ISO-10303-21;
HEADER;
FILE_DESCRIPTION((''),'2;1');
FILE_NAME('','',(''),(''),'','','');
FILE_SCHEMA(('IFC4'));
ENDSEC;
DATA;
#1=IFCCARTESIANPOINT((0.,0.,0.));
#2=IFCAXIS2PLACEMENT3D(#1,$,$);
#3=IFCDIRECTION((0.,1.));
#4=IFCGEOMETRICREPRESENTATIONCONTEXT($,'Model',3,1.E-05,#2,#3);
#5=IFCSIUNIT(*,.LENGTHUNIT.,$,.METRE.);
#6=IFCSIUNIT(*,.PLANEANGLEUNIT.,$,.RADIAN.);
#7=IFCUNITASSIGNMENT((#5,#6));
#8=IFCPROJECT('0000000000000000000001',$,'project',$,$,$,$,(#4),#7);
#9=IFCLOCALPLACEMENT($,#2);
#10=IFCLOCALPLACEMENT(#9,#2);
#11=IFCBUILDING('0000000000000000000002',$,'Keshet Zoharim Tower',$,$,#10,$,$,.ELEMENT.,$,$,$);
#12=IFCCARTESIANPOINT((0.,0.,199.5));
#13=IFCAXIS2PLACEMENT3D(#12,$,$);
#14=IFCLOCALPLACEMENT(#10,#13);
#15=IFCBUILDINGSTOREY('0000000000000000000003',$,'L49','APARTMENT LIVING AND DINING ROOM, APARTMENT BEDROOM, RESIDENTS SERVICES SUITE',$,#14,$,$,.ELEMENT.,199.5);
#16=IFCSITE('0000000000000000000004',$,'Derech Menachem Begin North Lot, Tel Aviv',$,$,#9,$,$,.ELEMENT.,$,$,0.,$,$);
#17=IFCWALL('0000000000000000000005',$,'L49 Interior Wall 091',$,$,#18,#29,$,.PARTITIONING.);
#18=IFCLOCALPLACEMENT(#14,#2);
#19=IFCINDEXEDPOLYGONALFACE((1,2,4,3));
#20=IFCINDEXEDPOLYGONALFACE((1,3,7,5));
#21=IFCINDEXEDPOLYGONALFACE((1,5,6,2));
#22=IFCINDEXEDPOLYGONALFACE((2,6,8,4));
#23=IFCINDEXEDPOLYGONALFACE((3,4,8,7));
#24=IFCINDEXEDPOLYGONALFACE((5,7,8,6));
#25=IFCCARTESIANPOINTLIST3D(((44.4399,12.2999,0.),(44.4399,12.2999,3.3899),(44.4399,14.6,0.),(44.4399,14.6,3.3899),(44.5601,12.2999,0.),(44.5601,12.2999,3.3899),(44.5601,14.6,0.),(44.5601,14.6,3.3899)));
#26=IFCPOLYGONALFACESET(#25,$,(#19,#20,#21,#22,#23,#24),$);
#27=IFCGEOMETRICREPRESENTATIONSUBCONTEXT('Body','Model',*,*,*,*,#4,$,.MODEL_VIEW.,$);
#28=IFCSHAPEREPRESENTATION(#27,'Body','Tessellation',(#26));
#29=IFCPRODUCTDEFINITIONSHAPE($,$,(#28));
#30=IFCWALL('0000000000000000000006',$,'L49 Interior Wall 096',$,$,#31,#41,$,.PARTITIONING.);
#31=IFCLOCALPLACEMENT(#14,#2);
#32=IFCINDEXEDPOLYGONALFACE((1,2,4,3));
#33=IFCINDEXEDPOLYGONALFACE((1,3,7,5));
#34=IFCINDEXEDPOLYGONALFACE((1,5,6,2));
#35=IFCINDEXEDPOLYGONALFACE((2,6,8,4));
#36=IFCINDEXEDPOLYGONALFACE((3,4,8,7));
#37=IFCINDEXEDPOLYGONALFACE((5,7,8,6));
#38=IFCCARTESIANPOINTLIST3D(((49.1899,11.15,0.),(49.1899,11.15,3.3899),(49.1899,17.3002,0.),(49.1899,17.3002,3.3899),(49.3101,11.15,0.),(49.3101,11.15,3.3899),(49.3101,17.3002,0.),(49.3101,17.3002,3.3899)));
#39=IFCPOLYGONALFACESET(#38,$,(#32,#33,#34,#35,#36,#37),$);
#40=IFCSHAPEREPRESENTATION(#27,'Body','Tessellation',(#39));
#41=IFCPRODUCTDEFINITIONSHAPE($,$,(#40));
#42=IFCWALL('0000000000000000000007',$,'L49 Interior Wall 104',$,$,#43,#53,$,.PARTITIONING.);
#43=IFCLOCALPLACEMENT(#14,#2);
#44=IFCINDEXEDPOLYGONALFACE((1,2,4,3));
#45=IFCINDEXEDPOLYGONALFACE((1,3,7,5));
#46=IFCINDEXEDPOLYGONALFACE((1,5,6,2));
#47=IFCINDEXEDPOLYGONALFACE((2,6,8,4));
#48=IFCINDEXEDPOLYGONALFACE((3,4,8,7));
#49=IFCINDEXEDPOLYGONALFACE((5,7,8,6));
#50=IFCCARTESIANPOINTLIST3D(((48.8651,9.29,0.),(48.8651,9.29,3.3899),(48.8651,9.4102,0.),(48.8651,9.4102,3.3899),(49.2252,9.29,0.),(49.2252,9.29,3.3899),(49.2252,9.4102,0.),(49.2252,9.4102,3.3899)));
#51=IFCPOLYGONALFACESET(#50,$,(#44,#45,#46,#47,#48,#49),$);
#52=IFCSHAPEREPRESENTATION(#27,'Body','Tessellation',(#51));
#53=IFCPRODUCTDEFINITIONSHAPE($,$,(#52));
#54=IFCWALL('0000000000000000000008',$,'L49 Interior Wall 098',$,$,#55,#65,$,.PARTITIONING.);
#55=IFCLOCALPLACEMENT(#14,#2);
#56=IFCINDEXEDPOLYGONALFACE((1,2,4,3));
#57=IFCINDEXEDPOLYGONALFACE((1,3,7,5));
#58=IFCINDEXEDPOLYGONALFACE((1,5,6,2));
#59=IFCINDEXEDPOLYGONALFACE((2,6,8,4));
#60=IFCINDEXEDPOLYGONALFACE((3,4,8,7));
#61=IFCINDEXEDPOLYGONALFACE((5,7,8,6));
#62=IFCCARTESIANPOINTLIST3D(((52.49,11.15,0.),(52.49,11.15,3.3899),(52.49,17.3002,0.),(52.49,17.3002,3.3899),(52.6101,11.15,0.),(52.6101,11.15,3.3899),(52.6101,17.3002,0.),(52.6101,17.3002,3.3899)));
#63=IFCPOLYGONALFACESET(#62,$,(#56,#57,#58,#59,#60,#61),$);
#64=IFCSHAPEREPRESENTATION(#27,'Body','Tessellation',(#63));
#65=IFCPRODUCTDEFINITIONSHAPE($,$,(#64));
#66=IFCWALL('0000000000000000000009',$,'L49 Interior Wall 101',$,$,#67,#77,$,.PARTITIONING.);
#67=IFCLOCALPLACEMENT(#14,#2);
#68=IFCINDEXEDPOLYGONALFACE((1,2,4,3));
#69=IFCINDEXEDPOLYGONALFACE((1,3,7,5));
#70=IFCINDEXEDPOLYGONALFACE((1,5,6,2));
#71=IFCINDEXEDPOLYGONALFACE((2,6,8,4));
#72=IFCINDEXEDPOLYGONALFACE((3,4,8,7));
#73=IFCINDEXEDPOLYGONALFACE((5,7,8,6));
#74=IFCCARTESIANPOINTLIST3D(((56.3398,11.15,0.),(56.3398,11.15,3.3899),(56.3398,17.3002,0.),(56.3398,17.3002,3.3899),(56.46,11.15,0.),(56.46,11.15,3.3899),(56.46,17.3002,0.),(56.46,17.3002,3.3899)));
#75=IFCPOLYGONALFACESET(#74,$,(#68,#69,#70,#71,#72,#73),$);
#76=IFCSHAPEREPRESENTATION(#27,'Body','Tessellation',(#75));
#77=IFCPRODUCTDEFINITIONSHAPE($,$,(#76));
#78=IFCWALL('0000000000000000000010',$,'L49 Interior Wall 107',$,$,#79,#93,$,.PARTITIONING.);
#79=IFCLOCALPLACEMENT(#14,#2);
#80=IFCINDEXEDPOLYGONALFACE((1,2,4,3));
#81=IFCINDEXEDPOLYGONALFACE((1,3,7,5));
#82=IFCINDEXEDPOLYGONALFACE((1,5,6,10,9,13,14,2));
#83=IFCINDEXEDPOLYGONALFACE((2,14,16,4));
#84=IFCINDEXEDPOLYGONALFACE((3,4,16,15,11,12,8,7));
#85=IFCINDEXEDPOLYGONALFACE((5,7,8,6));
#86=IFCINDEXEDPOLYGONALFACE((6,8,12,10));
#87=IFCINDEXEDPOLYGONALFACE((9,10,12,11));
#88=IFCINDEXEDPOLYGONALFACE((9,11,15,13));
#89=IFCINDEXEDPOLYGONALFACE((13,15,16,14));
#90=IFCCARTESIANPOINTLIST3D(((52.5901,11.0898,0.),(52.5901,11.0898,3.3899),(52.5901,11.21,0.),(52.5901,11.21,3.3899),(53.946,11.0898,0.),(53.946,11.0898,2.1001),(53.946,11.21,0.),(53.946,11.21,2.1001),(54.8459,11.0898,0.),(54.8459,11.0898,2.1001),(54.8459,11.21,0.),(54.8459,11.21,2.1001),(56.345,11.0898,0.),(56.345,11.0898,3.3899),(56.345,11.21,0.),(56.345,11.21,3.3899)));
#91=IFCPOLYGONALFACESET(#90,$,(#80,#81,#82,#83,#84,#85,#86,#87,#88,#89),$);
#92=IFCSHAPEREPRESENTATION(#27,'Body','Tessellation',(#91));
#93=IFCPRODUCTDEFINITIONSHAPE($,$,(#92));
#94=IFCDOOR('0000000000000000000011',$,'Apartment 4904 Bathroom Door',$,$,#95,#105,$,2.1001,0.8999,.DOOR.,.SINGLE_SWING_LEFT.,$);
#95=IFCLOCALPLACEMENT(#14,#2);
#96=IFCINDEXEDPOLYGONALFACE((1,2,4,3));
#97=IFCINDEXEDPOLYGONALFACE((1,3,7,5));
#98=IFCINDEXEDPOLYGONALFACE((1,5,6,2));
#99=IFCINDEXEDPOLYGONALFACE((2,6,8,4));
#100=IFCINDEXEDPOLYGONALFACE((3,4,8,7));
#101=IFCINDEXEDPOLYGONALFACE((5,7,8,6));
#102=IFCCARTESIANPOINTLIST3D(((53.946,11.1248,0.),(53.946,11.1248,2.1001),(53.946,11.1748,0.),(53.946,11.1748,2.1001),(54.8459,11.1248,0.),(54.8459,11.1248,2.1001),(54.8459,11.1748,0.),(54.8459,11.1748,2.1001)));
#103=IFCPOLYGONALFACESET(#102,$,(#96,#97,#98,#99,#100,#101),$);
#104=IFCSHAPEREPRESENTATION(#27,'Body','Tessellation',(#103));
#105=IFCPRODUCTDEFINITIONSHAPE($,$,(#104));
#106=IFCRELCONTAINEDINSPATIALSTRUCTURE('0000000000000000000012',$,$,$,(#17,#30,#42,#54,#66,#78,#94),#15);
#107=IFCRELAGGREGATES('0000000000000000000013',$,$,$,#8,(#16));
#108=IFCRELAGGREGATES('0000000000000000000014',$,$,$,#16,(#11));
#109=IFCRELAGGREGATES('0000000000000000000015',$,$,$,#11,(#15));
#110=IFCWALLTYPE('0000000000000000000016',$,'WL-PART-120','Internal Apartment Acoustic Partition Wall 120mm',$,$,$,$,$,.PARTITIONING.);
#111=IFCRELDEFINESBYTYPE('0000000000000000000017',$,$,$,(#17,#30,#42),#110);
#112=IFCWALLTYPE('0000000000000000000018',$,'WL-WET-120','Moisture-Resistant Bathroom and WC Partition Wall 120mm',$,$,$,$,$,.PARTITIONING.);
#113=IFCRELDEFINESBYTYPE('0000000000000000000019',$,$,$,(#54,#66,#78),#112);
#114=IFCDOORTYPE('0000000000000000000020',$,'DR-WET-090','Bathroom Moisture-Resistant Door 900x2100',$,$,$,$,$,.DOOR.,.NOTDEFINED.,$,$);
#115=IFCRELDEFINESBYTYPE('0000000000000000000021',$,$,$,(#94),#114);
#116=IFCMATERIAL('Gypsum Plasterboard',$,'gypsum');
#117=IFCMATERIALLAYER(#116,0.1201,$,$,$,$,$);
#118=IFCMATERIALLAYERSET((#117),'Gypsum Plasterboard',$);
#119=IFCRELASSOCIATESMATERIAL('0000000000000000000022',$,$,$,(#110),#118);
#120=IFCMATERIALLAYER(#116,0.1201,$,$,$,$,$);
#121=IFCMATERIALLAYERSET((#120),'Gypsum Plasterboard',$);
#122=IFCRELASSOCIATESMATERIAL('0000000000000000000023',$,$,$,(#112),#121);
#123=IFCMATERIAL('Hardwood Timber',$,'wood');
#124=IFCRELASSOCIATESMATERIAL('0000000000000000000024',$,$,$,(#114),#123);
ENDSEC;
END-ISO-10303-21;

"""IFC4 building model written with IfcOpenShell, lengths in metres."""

from ifc_helpers import new_model, si_unit, direction, frame, frame_2d, origin, place, context, subcontext, project, spatial, rectangle, extrude, material, layer, layer_set, type_object, element, fill, save


model = new_model("IFC4")

# Units and contexts
model_context = context("Model", 3, precision=1e-05, world=origin(), true_north=direction((0.0, 1.0)))
body_context = subcontext(model_context, "Body", "Model", "MODEL_VIEW")
ifc_project = project(units=[si_unit("LENGTHUNIT", "METRE"), si_unit("PLANEANGLEUNIT", "RADIAN")], contexts=[model_context])

# Site, building, storey
site_placement = place(None, origin())
site = spatial("IfcSite", under=ifc_project, at=site_placement, Name="Derech Menachem Begin North Lot, Tel Aviv", CompositionType="ELEMENT", RefElevation=0.0)
building_placement = place(site_placement, origin())
building = spatial("IfcBuilding", under=site, at=building_placement, Name="Keshet Zoharim Tower", CompositionType="ELEMENT")
storey_placement = place(building_placement, frame((0.0, 0.0, 199.5)))
storey = spatial("IfcBuildingStorey", under=building, at=storey_placement, Name="L49", Description="APARTMENT LIVING AND DINING ROOM, APARTMENT BEDROOM, RESIDENTS SERVICES SUITE", CompositionType="ELEMENT", Elevation=199.5)

# Walls
ifc_material_1 = material(Name="Gypsum Plasterboard", Category="gypsum")
ifc_layer_1 = layer(ifc_material_1, 0.1201)
ifc_layer_set_1 = layer_set([ifc_layer_1], Name="Gypsum Plasterboard")
wall_type_1 = type_object("IfcWallType", Name="WL-PART-120", Description="Internal Apartment Acoustic Partition Wall 120mm", PredefinedType="PARTITIONING", material=ifc_layer_set_1)
wall_1_placement = place(storey_placement, frame((44.5, 12.3, 0.0), z_axis=(0.0, 0.0, 1.0), x_axis=(0.0, 1.0, 0.0)))
element("IfcWall", 1, at=wall_1_placement, inside=storey, type_object=wall_type_1, Name="L49 Interior Wall 091", PredefinedType="PARTITIONING", context=body_context, shape_type="SweptSolid", body=[
    extrude(rectangle(XDim=2.3, YDim=0.1201, at=frame_2d((1.1499, 0.0))), origin(), (0.0, 0.0, 1.0), 3.3899),
])
wall_2_placement = place(storey_placement, frame((49.25, 11.1499, 0.0), z_axis=(0.0, 0.0, 1.0), x_axis=(0.0, 1.0, 0.0)))
element("IfcWall", 2, at=wall_2_placement, inside=storey, type_object=wall_type_1, Name="L49 Interior Wall 096", PredefinedType="PARTITIONING", context=body_context, shape_type="SweptSolid", body=[
    extrude(rectangle(XDim=6.1501, YDim=0.1201, at=frame_2d((3.0752, 0.0))), origin(), (0.0, 0.0, 1.0), 3.3899),
])
wall_3_placement = place(storey_placement, frame((48.865, 9.3501, 0.0), z_axis=(0.0, 0.0, 1.0), x_axis=(1.0, 0.0, 0.0)))
element("IfcWall", 3, at=wall_3_placement, inside=storey, type_object=wall_type_1, Name="L49 Interior Wall 104", PredefinedType="PARTITIONING", context=body_context, shape_type="SweptSolid", body=[
    extrude(rectangle(XDim=0.3601, YDim=0.1201, at=frame_2d((0.1802, 0.0))), origin(), (0.0, 0.0, 1.0), 3.3899),
])

# Shared definitions
ifc_material_2 = material(Name="Hardwood Timber", Category="wood")

# Walls
ifc_layer_2 = layer(ifc_material_1, 0.1201)
ifc_layer_set_2 = layer_set([ifc_layer_2], Name="Gypsum Plasterboard")
wall_type_2 = type_object("IfcWallType", Name="WL-WET-120", Description="Moisture-Resistant Bathroom and WC Partition Wall 120mm", PredefinedType="PARTITIONING", material=ifc_layer_set_2)
for number, where, z_axis, x_axis, name in (
    (4, (52.55, 11.1499, 0.0), (0.0, 0.0, 1.0), (0.0, 1.0, 0.0), "L49 Interior Wall 098"),
    (5, (56.3999, 11.1499, 0.0), (0.0, 0.0, 1.0), (0.0, 1.0, 0.0), "L49 Interior Wall 101"),
):
    element("IfcWall", number, at=place(storey_placement, frame(where, z_axis=z_axis, x_axis=x_axis)), inside=storey, type_object=wall_type_2, Name=name, PredefinedType="PARTITIONING", context=body_context, shape_type="SweptSolid", body=[
        extrude(rectangle(XDim=6.1501, YDim=0.1201, at=frame_2d((3.0752, 0.0))), origin(), (0.0, 0.0, 1.0), 3.3899),
    ])

# Wall, opening, door
wall_4_placement = place(storey_placement, frame((52.5901, 11.1499, 0.0), z_axis=(0.0, 0.0, 1.0), x_axis=(1.0, 0.0, 0.0)))
wall_4 = element("IfcWall", 6, at=wall_4_placement, inside=storey, type_object=wall_type_2, Name="L49 Interior Wall 107", PredefinedType="PARTITIONING", context=body_context, shape_type="SweptSolid", body=[
    extrude(rectangle(XDim=3.7549, YDim=0.1201, at=frame_2d((1.8774, 0.0))), origin(), (0.0, 0.0, 1.0), 3.3899),
])
opening_1_placement = place(wall_4_placement, frame((1.356, 0.0, 0.0)))
opening_1 = element("IfcOpeningElement", 7, at=opening_1_placement, cuts=wall_4, PredefinedType="OPENING", context=body_context, shape_type="SweptSolid", body=[
    extrude(rectangle(XDim=0.8999, YDim=2.1001, at=frame_2d((0.45, 1.05))), frame((0.0, 0.0701, 0.0), z_axis=(0.0, -1.0, 0.0), x_axis=(1.0, 0.0, 0.0)), (0.0, 0.0, 1.0), 0.1401),
])
door_type_1 = type_object("IfcDoorType", Name="DR-WET-090", Description="Bathroom Moisture-Resistant Door 900x2100", OperationType="NOTDEFINED", PredefinedType="DOOR", material=ifc_material_2)
door_1_placement = place(opening_1_placement, origin())
door_1 = element("IfcDoor", 8, at=door_1_placement, inside=storey, type_object=door_type_1, Name="Apartment 4904 Bathroom Door", OperationType="SINGLE_SWING_LEFT", OverallHeight=2.1001, OverallWidth=0.8999, PredefinedType="DOOR", context=body_context, shape_type="SweptSolid", body=[
    extrude(rectangle(XDim=0.8999, YDim=2.1001, at=frame_2d((0.45, 1.05))), frame((0.0, 0.0249, 0.0), z_axis=(0.0, -1.0, 0.0), x_axis=(1.0, 0.0, 0.0)), (0.0, 0.0, 1.0), 0.05),
])
fill(opening_1, door_1)

save(model, "model.ifc")
